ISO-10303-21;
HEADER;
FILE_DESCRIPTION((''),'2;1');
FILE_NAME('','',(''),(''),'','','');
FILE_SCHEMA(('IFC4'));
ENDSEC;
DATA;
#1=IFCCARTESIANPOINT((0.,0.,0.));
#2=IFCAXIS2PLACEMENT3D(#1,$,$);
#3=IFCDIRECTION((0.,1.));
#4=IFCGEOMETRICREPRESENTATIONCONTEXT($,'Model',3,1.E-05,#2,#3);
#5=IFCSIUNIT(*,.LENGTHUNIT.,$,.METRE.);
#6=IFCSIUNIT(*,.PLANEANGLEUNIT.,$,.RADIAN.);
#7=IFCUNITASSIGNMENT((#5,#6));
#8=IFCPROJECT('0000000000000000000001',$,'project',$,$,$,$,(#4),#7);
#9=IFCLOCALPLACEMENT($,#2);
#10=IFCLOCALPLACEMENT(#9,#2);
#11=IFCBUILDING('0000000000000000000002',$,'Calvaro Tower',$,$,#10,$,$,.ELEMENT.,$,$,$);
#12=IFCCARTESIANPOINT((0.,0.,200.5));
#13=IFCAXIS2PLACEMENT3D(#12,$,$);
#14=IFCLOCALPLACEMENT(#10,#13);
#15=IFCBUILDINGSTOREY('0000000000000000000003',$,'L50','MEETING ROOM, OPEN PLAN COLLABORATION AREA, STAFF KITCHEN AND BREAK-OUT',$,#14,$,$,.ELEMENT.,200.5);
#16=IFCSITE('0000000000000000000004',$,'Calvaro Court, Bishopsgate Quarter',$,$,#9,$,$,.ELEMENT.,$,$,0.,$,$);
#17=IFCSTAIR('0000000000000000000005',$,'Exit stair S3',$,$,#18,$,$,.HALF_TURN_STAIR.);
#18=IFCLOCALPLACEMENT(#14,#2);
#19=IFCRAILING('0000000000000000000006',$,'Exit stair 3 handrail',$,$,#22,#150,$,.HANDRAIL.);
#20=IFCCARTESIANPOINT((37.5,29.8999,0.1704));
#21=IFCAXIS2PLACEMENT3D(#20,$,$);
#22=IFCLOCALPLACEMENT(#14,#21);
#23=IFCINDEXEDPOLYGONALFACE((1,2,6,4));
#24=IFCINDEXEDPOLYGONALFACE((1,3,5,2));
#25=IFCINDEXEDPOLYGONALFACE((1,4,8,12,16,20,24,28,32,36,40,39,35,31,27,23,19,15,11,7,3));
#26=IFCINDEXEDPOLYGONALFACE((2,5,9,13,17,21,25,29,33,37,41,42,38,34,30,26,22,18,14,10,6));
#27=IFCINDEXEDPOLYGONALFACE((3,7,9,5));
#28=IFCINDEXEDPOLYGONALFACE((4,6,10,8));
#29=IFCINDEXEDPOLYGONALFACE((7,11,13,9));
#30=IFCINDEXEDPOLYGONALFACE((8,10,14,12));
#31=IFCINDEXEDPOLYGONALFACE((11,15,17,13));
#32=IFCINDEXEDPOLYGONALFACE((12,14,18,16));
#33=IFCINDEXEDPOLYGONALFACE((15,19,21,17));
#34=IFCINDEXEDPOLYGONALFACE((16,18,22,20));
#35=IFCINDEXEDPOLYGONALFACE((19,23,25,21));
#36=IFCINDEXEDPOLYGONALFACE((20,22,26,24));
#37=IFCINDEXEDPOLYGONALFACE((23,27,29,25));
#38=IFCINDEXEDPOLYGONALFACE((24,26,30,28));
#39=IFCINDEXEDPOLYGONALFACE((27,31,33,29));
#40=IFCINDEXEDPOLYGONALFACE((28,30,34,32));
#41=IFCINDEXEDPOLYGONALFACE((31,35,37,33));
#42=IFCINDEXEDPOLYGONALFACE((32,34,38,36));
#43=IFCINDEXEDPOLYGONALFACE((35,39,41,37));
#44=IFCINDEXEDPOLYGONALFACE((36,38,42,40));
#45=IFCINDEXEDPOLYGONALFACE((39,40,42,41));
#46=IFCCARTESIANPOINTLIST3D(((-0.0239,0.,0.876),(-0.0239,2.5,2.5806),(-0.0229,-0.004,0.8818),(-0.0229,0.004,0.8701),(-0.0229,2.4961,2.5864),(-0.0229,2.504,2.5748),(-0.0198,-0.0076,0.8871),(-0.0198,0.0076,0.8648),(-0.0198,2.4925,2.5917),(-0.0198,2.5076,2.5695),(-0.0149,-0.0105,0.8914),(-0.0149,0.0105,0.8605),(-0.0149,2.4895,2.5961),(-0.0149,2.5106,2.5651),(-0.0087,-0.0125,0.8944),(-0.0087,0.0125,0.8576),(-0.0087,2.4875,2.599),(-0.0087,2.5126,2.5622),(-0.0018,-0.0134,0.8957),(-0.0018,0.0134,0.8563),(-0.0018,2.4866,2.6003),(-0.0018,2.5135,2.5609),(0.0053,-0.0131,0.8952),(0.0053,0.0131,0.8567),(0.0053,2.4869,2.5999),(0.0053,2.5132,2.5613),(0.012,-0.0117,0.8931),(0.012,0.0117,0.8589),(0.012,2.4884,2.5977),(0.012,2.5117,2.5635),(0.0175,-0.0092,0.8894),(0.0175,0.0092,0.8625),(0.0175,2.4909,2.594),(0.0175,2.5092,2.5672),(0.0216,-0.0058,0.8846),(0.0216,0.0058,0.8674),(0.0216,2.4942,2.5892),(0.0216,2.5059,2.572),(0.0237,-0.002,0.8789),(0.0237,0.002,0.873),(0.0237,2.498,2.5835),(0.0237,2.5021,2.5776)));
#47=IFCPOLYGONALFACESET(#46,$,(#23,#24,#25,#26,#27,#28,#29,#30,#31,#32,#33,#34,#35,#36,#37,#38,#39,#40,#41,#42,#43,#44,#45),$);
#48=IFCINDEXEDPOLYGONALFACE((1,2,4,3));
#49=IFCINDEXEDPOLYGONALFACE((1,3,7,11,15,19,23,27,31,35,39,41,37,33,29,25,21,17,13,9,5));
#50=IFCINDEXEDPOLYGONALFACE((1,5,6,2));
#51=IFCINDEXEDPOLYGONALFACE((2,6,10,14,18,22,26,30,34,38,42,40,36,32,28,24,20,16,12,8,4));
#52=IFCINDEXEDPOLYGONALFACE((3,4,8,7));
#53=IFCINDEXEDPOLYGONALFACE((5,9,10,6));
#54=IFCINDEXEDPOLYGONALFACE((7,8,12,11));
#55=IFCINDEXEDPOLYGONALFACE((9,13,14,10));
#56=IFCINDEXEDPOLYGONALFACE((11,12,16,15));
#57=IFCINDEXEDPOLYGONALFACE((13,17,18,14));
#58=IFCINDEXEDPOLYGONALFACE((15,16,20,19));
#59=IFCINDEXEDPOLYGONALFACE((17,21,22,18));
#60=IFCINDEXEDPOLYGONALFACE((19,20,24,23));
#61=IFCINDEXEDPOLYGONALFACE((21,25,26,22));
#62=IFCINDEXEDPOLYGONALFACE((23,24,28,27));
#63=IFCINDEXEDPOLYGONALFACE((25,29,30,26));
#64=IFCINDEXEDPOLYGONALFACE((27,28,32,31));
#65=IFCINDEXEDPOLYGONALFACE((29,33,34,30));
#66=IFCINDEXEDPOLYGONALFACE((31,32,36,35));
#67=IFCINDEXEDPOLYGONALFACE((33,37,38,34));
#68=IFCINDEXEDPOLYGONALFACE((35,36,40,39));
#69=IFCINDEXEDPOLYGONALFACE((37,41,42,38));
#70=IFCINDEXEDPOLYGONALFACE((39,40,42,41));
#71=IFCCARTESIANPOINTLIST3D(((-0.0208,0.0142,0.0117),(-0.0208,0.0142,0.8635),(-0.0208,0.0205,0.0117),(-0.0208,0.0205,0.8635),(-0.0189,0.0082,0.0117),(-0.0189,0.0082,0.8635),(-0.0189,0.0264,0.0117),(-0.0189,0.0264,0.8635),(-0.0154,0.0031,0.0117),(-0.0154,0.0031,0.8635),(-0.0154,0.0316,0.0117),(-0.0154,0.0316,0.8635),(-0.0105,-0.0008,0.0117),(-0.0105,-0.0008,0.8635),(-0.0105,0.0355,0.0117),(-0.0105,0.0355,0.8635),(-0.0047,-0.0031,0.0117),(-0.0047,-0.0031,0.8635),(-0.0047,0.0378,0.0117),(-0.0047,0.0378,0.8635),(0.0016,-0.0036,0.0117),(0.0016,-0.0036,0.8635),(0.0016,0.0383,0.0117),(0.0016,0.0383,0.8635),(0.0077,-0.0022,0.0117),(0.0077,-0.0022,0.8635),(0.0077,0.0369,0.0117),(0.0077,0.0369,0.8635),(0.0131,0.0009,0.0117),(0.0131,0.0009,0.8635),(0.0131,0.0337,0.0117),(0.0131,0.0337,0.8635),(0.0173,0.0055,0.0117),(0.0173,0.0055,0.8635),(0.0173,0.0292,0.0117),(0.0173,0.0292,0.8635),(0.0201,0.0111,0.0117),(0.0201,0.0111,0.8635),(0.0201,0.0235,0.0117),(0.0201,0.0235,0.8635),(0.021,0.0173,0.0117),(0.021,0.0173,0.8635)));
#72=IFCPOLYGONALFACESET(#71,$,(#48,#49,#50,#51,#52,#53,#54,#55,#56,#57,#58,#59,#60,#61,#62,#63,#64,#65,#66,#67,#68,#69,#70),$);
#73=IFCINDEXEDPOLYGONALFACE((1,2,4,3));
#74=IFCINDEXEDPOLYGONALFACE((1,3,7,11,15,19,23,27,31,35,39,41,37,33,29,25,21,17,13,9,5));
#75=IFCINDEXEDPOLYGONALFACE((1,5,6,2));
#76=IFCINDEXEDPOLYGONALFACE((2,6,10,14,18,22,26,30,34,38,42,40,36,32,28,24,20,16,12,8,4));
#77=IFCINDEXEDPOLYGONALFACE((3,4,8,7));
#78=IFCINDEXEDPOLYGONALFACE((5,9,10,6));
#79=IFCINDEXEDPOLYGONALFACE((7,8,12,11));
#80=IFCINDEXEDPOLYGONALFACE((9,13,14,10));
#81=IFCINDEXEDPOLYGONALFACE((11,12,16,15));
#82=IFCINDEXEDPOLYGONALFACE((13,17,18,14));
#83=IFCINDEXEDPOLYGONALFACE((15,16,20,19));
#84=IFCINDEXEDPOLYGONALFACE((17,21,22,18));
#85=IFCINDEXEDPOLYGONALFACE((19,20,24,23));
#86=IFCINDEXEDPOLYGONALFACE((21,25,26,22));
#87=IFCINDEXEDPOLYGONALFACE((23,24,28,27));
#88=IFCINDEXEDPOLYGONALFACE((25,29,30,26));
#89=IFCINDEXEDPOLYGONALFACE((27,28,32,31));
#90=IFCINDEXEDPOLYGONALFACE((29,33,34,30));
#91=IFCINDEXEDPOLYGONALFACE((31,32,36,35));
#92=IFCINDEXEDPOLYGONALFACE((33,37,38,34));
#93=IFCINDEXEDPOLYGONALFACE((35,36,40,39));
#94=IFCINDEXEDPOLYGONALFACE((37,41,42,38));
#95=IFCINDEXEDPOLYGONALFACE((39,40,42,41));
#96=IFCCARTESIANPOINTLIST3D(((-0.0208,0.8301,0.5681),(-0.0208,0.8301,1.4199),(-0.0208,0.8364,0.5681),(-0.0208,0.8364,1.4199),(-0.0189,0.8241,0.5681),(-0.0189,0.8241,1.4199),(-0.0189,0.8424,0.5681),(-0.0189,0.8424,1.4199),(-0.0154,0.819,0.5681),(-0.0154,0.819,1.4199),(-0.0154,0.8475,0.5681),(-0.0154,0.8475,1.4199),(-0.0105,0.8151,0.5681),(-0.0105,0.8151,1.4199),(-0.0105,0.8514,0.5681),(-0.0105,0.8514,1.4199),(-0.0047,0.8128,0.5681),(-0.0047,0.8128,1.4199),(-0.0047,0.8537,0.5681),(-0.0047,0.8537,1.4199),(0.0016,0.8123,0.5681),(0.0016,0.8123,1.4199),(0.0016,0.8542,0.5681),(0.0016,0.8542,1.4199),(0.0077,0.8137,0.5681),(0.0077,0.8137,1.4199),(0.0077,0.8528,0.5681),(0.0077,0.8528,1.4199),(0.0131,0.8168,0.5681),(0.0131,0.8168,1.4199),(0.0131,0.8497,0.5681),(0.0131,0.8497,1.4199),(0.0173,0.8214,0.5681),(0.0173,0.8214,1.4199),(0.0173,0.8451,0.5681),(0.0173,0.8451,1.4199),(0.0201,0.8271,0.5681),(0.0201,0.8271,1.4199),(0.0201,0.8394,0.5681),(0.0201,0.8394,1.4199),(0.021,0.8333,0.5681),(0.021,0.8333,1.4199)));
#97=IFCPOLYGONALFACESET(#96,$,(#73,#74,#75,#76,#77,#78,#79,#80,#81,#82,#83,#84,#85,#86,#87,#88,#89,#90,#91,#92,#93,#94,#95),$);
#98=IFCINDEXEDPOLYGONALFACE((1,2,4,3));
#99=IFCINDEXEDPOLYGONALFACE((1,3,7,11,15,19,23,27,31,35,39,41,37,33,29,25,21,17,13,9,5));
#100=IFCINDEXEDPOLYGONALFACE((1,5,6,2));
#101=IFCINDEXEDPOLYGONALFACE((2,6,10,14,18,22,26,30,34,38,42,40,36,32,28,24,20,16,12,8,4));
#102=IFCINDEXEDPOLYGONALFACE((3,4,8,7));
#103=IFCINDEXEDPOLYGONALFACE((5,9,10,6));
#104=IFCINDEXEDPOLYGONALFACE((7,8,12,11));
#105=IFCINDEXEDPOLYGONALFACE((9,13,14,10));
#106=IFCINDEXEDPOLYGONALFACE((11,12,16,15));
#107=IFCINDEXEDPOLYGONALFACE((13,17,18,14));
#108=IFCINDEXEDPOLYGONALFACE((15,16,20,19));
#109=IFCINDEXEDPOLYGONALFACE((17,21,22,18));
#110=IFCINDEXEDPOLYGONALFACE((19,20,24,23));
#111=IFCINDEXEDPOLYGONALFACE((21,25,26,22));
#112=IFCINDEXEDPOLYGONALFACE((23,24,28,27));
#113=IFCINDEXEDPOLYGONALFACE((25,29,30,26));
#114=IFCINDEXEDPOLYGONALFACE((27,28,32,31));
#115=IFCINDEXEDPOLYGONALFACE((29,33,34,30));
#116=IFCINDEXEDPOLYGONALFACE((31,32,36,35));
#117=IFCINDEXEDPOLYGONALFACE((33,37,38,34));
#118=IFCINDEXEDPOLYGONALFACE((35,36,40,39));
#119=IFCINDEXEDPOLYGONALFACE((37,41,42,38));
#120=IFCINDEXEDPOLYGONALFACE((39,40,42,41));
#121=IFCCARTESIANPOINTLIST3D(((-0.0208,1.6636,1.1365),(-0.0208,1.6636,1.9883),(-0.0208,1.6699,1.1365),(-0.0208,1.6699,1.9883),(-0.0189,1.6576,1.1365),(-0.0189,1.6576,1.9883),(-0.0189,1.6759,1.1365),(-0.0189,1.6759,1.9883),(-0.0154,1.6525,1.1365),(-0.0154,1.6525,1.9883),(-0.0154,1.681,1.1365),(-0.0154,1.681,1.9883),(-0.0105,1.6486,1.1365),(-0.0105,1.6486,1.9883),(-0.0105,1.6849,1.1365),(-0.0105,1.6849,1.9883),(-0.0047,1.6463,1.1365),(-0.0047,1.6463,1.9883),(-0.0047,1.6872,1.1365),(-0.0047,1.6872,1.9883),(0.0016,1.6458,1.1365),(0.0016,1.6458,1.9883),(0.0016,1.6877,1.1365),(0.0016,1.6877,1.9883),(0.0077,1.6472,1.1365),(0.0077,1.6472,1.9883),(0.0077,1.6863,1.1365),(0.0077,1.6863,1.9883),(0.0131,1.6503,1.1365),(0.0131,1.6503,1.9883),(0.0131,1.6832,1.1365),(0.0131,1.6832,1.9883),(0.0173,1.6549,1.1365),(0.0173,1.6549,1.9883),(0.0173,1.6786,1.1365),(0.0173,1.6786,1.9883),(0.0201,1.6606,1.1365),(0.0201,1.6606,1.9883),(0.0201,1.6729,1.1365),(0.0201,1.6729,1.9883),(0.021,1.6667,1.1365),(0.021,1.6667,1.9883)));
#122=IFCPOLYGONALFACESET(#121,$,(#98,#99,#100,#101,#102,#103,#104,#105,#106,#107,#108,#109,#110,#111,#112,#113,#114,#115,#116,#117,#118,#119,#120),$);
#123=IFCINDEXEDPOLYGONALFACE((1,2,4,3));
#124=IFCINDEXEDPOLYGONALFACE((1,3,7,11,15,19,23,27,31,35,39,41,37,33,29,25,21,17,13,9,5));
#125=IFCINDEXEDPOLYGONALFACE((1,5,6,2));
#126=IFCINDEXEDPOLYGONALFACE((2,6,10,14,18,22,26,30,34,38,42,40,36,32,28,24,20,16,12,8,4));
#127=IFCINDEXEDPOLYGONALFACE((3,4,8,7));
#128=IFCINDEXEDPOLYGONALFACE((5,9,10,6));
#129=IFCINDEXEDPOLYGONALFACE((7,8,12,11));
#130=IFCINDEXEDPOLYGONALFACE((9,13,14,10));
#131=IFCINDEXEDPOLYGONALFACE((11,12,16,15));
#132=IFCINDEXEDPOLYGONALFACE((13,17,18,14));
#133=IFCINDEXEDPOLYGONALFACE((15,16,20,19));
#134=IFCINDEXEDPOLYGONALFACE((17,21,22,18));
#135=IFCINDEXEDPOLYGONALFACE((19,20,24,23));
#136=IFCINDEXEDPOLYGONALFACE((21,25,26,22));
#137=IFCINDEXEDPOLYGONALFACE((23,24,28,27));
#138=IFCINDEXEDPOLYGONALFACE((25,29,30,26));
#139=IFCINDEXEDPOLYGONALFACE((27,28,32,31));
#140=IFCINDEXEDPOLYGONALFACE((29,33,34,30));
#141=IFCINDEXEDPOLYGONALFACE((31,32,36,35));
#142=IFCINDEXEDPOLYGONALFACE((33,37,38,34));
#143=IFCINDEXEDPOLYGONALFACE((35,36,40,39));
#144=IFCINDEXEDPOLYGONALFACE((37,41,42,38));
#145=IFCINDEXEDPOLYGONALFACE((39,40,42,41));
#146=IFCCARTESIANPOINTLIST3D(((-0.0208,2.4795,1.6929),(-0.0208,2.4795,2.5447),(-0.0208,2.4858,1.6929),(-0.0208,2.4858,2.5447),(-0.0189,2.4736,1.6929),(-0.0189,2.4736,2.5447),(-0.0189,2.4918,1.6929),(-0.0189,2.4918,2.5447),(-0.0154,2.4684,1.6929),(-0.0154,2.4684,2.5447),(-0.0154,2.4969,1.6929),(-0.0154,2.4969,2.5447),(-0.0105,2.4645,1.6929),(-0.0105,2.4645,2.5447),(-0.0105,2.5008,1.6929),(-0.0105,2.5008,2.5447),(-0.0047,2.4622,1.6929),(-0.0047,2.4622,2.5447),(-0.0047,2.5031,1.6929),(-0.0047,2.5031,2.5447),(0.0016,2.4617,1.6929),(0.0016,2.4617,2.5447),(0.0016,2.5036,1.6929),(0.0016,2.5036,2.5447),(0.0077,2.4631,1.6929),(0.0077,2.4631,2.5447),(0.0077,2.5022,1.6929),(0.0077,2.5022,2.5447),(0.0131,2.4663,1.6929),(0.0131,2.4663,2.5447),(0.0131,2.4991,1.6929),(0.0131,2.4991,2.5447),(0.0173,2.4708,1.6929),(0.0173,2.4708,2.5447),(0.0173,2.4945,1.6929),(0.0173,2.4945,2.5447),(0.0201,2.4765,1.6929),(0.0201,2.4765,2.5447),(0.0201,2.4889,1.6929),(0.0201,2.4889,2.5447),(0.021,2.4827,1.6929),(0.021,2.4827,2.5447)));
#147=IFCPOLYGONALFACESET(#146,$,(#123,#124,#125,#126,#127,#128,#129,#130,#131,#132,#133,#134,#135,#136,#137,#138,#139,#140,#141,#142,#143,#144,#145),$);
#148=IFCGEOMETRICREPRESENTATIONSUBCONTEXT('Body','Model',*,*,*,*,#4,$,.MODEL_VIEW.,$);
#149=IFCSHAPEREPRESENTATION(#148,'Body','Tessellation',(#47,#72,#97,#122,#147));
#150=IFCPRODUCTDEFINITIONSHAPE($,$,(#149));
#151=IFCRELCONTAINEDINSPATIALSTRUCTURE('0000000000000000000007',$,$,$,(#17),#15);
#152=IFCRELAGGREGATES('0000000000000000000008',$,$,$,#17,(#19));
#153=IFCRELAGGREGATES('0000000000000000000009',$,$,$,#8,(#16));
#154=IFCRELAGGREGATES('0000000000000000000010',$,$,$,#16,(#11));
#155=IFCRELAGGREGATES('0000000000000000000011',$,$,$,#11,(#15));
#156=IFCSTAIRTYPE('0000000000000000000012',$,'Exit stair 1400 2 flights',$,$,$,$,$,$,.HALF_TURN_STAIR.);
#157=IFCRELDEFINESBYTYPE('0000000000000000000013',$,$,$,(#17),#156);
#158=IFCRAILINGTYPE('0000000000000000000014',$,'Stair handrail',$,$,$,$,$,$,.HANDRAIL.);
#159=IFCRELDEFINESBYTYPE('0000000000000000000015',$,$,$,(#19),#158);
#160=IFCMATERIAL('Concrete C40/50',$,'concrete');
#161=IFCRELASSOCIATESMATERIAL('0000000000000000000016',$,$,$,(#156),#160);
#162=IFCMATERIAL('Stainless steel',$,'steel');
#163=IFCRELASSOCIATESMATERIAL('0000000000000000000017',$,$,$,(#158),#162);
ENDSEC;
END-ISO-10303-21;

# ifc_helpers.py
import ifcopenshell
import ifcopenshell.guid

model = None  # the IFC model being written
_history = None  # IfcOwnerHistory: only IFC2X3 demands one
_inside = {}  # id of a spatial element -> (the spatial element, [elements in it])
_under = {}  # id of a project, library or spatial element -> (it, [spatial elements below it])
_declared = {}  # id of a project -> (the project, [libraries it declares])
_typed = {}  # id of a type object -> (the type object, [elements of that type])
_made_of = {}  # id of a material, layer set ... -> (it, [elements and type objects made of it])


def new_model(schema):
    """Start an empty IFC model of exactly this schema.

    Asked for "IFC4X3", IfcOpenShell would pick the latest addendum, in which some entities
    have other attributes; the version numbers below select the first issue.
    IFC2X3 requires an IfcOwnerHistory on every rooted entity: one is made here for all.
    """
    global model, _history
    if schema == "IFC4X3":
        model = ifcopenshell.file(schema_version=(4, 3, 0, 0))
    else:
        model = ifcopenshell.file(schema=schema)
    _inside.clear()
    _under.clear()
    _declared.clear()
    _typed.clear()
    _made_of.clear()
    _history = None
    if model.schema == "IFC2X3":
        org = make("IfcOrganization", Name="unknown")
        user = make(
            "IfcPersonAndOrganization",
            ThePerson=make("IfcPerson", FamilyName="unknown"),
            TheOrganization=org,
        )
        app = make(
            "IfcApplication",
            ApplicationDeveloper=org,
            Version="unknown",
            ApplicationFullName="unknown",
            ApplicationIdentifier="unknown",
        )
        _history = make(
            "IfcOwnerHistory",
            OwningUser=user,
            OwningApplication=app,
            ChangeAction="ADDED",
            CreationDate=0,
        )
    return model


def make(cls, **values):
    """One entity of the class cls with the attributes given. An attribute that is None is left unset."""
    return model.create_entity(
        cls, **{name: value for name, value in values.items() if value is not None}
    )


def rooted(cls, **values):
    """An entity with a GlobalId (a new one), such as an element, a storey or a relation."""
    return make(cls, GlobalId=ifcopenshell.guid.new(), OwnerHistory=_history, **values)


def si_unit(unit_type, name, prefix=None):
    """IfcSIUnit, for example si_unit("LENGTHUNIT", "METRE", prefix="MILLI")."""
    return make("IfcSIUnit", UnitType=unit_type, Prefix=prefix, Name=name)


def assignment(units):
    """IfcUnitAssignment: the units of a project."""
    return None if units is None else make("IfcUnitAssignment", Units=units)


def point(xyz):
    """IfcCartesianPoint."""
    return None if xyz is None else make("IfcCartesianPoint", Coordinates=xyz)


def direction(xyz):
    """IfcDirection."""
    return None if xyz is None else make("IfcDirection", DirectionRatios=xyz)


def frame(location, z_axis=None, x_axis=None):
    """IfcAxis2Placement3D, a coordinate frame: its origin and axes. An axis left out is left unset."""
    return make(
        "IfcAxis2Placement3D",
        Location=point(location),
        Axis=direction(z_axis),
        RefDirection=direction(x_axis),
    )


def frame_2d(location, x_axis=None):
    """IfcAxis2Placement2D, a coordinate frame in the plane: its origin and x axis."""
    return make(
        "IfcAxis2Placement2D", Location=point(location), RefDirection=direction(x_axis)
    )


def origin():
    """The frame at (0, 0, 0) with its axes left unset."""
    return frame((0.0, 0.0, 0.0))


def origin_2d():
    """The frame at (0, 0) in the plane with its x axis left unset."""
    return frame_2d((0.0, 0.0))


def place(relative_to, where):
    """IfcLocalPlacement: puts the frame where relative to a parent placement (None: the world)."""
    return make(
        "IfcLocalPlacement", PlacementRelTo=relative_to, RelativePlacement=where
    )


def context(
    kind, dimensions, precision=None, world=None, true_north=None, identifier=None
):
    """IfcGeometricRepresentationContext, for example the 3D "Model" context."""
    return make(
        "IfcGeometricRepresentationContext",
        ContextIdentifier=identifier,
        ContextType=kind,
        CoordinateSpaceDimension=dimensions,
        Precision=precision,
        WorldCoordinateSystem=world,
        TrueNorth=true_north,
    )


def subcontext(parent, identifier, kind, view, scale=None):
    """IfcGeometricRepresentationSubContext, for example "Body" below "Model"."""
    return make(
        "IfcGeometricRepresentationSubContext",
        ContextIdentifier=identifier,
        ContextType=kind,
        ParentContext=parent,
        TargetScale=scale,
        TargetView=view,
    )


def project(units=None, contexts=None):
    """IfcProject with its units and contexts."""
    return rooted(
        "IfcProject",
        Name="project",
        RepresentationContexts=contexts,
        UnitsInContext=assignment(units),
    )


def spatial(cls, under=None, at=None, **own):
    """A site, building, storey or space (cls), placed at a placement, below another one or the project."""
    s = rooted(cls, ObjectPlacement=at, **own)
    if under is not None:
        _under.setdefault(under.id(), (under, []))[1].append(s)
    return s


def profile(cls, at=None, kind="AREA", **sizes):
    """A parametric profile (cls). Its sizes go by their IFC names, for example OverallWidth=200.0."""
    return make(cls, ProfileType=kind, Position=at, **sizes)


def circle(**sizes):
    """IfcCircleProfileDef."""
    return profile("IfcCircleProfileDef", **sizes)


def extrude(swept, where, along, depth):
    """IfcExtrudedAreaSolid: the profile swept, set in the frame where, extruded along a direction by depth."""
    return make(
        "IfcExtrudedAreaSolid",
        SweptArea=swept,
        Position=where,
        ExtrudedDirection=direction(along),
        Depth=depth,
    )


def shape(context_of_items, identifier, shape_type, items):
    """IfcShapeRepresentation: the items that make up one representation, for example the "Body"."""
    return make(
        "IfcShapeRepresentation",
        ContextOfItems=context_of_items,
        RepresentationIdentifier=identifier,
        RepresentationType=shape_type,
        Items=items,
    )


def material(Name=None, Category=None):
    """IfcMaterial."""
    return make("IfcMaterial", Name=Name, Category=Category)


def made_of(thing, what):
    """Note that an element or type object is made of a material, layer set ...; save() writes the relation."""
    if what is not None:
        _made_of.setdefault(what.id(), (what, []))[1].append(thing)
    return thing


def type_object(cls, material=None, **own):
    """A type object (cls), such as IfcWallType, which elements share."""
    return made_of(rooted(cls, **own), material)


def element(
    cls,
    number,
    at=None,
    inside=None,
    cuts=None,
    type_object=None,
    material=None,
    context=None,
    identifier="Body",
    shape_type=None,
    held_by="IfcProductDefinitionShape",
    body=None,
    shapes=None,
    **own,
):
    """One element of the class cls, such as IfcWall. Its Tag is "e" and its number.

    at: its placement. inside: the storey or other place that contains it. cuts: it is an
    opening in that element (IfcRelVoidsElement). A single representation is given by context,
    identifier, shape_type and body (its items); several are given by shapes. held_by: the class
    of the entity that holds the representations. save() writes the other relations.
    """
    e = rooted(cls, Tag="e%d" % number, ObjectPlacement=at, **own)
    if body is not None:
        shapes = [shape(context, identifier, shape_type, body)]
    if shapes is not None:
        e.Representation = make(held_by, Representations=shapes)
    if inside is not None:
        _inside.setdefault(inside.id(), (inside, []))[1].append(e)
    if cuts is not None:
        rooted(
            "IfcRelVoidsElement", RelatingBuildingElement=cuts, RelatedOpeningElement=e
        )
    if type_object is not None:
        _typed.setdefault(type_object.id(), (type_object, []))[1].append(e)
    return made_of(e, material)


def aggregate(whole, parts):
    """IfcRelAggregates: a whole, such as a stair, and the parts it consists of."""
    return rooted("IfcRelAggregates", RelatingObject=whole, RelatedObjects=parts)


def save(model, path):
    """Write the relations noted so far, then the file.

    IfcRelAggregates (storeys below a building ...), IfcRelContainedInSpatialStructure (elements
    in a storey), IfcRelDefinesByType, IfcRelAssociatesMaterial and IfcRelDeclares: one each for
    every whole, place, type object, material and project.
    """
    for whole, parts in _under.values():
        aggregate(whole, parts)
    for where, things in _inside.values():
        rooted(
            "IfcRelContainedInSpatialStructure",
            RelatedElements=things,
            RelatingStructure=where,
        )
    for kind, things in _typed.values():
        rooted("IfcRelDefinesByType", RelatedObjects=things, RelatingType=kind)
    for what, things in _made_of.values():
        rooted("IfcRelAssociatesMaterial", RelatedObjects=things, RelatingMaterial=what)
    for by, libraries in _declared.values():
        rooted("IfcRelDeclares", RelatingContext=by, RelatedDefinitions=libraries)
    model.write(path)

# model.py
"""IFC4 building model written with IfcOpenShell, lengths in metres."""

from ifc_helpers import new_model, si_unit, direction, frame, origin, origin_2d, place, context, subcontext, project, spatial, circle, extrude, material, type_object, element, aggregate, save


model = new_model("IFC4")

# Units and contexts
model_context = context("Model", 3, precision=1e-05, world=origin(), true_north=direction((0.0, 1.0)))
body_context = subcontext(model_context, "Body", "Model", "MODEL_VIEW")
ifc_project = project(units=[si_unit("LENGTHUNIT", "METRE"), si_unit("PLANEANGLEUNIT", "RADIAN")], contexts=[model_context])

# Site, building, storey
site_placement = place(None, origin())
site = spatial("IfcSite", under=ifc_project, at=site_placement, Name="Calvaro Court, Bishopsgate Quarter", CompositionType="ELEMENT", RefElevation=0.0)
building_placement = place(site_placement, origin())
building = spatial("IfcBuilding", under=site, at=building_placement, Name="Calvaro Tower", CompositionType="ELEMENT")
storey_placement = place(building_placement, frame((0.0, 0.0, 200.5)))
storey = spatial("IfcBuildingStorey", under=building, at=storey_placement, Name="L50", Description="MEETING ROOM, OPEN PLAN COLLABORATION AREA, STAFF KITCHEN AND BREAK-OUT", CompositionType="ELEMENT", Elevation=200.5)

# Stair, railing
ifc_material_1 = material(Name="Concrete C40/50", Category="concrete")
stair_type = type_object("IfcStairType", Name="Exit stair 1400 2 flights", PredefinedType="HALF_TURN_STAIR", material=ifc_material_1)
stair_placement = place(storey_placement, origin())
stair = element("IfcStair", 1, at=stair_placement, inside=storey, type_object=stair_type, Name="Exit stair S3", PredefinedType="HALF_TURN_STAIR")
ifc_material_2 = material(Name="Stainless steel", Category="steel")
railing_type = type_object("IfcRailingType", Name="Stair handrail", PredefinedType="HANDRAIL", material=ifc_material_2)
railing_1_placement = place(storey_placement, frame((37.5, 29.8999, 0.1704)))
railing_1 = element("IfcRailing", 2, at=railing_1_placement, type_object=railing_type, Name="Exit stair 3 handrail", PredefinedType="HANDRAIL", context=body_context, shape_type="SweptSolid", body=[
    extrude(circle(Radius=0.0239, at=origin_2d()), frame((0.0, 0.0, 0.876), z_axis=(0.0, 0.826221, 0.563347), x_axis=(-1.0, 0.0, 0.0)), (0.0, 0.0, 1.0), 3.0259),
    extrude(circle(Radius=0.021, at=origin_2d()), frame((0.0, 0.0173, 0.0117)), (0.0, 0.0, 1.0), 0.8518),
    extrude(circle(Radius=0.021, at=origin_2d()), frame((0.0, 0.8333, 0.5681)), (0.0, 0.0, 1.0), 0.8518),
    extrude(circle(Radius=0.021, at=origin_2d()), frame((0.0, 1.6667, 1.1365)), (0.0, 0.0, 1.0), 0.8518),
    extrude(circle(Radius=0.021, at=origin_2d()), frame((0.0, 2.4827, 1.6929)), (0.0, 0.0, 1.0), 0.8518),
])
aggregate(stair, [railing_1])

save(model, "model.ifc")
